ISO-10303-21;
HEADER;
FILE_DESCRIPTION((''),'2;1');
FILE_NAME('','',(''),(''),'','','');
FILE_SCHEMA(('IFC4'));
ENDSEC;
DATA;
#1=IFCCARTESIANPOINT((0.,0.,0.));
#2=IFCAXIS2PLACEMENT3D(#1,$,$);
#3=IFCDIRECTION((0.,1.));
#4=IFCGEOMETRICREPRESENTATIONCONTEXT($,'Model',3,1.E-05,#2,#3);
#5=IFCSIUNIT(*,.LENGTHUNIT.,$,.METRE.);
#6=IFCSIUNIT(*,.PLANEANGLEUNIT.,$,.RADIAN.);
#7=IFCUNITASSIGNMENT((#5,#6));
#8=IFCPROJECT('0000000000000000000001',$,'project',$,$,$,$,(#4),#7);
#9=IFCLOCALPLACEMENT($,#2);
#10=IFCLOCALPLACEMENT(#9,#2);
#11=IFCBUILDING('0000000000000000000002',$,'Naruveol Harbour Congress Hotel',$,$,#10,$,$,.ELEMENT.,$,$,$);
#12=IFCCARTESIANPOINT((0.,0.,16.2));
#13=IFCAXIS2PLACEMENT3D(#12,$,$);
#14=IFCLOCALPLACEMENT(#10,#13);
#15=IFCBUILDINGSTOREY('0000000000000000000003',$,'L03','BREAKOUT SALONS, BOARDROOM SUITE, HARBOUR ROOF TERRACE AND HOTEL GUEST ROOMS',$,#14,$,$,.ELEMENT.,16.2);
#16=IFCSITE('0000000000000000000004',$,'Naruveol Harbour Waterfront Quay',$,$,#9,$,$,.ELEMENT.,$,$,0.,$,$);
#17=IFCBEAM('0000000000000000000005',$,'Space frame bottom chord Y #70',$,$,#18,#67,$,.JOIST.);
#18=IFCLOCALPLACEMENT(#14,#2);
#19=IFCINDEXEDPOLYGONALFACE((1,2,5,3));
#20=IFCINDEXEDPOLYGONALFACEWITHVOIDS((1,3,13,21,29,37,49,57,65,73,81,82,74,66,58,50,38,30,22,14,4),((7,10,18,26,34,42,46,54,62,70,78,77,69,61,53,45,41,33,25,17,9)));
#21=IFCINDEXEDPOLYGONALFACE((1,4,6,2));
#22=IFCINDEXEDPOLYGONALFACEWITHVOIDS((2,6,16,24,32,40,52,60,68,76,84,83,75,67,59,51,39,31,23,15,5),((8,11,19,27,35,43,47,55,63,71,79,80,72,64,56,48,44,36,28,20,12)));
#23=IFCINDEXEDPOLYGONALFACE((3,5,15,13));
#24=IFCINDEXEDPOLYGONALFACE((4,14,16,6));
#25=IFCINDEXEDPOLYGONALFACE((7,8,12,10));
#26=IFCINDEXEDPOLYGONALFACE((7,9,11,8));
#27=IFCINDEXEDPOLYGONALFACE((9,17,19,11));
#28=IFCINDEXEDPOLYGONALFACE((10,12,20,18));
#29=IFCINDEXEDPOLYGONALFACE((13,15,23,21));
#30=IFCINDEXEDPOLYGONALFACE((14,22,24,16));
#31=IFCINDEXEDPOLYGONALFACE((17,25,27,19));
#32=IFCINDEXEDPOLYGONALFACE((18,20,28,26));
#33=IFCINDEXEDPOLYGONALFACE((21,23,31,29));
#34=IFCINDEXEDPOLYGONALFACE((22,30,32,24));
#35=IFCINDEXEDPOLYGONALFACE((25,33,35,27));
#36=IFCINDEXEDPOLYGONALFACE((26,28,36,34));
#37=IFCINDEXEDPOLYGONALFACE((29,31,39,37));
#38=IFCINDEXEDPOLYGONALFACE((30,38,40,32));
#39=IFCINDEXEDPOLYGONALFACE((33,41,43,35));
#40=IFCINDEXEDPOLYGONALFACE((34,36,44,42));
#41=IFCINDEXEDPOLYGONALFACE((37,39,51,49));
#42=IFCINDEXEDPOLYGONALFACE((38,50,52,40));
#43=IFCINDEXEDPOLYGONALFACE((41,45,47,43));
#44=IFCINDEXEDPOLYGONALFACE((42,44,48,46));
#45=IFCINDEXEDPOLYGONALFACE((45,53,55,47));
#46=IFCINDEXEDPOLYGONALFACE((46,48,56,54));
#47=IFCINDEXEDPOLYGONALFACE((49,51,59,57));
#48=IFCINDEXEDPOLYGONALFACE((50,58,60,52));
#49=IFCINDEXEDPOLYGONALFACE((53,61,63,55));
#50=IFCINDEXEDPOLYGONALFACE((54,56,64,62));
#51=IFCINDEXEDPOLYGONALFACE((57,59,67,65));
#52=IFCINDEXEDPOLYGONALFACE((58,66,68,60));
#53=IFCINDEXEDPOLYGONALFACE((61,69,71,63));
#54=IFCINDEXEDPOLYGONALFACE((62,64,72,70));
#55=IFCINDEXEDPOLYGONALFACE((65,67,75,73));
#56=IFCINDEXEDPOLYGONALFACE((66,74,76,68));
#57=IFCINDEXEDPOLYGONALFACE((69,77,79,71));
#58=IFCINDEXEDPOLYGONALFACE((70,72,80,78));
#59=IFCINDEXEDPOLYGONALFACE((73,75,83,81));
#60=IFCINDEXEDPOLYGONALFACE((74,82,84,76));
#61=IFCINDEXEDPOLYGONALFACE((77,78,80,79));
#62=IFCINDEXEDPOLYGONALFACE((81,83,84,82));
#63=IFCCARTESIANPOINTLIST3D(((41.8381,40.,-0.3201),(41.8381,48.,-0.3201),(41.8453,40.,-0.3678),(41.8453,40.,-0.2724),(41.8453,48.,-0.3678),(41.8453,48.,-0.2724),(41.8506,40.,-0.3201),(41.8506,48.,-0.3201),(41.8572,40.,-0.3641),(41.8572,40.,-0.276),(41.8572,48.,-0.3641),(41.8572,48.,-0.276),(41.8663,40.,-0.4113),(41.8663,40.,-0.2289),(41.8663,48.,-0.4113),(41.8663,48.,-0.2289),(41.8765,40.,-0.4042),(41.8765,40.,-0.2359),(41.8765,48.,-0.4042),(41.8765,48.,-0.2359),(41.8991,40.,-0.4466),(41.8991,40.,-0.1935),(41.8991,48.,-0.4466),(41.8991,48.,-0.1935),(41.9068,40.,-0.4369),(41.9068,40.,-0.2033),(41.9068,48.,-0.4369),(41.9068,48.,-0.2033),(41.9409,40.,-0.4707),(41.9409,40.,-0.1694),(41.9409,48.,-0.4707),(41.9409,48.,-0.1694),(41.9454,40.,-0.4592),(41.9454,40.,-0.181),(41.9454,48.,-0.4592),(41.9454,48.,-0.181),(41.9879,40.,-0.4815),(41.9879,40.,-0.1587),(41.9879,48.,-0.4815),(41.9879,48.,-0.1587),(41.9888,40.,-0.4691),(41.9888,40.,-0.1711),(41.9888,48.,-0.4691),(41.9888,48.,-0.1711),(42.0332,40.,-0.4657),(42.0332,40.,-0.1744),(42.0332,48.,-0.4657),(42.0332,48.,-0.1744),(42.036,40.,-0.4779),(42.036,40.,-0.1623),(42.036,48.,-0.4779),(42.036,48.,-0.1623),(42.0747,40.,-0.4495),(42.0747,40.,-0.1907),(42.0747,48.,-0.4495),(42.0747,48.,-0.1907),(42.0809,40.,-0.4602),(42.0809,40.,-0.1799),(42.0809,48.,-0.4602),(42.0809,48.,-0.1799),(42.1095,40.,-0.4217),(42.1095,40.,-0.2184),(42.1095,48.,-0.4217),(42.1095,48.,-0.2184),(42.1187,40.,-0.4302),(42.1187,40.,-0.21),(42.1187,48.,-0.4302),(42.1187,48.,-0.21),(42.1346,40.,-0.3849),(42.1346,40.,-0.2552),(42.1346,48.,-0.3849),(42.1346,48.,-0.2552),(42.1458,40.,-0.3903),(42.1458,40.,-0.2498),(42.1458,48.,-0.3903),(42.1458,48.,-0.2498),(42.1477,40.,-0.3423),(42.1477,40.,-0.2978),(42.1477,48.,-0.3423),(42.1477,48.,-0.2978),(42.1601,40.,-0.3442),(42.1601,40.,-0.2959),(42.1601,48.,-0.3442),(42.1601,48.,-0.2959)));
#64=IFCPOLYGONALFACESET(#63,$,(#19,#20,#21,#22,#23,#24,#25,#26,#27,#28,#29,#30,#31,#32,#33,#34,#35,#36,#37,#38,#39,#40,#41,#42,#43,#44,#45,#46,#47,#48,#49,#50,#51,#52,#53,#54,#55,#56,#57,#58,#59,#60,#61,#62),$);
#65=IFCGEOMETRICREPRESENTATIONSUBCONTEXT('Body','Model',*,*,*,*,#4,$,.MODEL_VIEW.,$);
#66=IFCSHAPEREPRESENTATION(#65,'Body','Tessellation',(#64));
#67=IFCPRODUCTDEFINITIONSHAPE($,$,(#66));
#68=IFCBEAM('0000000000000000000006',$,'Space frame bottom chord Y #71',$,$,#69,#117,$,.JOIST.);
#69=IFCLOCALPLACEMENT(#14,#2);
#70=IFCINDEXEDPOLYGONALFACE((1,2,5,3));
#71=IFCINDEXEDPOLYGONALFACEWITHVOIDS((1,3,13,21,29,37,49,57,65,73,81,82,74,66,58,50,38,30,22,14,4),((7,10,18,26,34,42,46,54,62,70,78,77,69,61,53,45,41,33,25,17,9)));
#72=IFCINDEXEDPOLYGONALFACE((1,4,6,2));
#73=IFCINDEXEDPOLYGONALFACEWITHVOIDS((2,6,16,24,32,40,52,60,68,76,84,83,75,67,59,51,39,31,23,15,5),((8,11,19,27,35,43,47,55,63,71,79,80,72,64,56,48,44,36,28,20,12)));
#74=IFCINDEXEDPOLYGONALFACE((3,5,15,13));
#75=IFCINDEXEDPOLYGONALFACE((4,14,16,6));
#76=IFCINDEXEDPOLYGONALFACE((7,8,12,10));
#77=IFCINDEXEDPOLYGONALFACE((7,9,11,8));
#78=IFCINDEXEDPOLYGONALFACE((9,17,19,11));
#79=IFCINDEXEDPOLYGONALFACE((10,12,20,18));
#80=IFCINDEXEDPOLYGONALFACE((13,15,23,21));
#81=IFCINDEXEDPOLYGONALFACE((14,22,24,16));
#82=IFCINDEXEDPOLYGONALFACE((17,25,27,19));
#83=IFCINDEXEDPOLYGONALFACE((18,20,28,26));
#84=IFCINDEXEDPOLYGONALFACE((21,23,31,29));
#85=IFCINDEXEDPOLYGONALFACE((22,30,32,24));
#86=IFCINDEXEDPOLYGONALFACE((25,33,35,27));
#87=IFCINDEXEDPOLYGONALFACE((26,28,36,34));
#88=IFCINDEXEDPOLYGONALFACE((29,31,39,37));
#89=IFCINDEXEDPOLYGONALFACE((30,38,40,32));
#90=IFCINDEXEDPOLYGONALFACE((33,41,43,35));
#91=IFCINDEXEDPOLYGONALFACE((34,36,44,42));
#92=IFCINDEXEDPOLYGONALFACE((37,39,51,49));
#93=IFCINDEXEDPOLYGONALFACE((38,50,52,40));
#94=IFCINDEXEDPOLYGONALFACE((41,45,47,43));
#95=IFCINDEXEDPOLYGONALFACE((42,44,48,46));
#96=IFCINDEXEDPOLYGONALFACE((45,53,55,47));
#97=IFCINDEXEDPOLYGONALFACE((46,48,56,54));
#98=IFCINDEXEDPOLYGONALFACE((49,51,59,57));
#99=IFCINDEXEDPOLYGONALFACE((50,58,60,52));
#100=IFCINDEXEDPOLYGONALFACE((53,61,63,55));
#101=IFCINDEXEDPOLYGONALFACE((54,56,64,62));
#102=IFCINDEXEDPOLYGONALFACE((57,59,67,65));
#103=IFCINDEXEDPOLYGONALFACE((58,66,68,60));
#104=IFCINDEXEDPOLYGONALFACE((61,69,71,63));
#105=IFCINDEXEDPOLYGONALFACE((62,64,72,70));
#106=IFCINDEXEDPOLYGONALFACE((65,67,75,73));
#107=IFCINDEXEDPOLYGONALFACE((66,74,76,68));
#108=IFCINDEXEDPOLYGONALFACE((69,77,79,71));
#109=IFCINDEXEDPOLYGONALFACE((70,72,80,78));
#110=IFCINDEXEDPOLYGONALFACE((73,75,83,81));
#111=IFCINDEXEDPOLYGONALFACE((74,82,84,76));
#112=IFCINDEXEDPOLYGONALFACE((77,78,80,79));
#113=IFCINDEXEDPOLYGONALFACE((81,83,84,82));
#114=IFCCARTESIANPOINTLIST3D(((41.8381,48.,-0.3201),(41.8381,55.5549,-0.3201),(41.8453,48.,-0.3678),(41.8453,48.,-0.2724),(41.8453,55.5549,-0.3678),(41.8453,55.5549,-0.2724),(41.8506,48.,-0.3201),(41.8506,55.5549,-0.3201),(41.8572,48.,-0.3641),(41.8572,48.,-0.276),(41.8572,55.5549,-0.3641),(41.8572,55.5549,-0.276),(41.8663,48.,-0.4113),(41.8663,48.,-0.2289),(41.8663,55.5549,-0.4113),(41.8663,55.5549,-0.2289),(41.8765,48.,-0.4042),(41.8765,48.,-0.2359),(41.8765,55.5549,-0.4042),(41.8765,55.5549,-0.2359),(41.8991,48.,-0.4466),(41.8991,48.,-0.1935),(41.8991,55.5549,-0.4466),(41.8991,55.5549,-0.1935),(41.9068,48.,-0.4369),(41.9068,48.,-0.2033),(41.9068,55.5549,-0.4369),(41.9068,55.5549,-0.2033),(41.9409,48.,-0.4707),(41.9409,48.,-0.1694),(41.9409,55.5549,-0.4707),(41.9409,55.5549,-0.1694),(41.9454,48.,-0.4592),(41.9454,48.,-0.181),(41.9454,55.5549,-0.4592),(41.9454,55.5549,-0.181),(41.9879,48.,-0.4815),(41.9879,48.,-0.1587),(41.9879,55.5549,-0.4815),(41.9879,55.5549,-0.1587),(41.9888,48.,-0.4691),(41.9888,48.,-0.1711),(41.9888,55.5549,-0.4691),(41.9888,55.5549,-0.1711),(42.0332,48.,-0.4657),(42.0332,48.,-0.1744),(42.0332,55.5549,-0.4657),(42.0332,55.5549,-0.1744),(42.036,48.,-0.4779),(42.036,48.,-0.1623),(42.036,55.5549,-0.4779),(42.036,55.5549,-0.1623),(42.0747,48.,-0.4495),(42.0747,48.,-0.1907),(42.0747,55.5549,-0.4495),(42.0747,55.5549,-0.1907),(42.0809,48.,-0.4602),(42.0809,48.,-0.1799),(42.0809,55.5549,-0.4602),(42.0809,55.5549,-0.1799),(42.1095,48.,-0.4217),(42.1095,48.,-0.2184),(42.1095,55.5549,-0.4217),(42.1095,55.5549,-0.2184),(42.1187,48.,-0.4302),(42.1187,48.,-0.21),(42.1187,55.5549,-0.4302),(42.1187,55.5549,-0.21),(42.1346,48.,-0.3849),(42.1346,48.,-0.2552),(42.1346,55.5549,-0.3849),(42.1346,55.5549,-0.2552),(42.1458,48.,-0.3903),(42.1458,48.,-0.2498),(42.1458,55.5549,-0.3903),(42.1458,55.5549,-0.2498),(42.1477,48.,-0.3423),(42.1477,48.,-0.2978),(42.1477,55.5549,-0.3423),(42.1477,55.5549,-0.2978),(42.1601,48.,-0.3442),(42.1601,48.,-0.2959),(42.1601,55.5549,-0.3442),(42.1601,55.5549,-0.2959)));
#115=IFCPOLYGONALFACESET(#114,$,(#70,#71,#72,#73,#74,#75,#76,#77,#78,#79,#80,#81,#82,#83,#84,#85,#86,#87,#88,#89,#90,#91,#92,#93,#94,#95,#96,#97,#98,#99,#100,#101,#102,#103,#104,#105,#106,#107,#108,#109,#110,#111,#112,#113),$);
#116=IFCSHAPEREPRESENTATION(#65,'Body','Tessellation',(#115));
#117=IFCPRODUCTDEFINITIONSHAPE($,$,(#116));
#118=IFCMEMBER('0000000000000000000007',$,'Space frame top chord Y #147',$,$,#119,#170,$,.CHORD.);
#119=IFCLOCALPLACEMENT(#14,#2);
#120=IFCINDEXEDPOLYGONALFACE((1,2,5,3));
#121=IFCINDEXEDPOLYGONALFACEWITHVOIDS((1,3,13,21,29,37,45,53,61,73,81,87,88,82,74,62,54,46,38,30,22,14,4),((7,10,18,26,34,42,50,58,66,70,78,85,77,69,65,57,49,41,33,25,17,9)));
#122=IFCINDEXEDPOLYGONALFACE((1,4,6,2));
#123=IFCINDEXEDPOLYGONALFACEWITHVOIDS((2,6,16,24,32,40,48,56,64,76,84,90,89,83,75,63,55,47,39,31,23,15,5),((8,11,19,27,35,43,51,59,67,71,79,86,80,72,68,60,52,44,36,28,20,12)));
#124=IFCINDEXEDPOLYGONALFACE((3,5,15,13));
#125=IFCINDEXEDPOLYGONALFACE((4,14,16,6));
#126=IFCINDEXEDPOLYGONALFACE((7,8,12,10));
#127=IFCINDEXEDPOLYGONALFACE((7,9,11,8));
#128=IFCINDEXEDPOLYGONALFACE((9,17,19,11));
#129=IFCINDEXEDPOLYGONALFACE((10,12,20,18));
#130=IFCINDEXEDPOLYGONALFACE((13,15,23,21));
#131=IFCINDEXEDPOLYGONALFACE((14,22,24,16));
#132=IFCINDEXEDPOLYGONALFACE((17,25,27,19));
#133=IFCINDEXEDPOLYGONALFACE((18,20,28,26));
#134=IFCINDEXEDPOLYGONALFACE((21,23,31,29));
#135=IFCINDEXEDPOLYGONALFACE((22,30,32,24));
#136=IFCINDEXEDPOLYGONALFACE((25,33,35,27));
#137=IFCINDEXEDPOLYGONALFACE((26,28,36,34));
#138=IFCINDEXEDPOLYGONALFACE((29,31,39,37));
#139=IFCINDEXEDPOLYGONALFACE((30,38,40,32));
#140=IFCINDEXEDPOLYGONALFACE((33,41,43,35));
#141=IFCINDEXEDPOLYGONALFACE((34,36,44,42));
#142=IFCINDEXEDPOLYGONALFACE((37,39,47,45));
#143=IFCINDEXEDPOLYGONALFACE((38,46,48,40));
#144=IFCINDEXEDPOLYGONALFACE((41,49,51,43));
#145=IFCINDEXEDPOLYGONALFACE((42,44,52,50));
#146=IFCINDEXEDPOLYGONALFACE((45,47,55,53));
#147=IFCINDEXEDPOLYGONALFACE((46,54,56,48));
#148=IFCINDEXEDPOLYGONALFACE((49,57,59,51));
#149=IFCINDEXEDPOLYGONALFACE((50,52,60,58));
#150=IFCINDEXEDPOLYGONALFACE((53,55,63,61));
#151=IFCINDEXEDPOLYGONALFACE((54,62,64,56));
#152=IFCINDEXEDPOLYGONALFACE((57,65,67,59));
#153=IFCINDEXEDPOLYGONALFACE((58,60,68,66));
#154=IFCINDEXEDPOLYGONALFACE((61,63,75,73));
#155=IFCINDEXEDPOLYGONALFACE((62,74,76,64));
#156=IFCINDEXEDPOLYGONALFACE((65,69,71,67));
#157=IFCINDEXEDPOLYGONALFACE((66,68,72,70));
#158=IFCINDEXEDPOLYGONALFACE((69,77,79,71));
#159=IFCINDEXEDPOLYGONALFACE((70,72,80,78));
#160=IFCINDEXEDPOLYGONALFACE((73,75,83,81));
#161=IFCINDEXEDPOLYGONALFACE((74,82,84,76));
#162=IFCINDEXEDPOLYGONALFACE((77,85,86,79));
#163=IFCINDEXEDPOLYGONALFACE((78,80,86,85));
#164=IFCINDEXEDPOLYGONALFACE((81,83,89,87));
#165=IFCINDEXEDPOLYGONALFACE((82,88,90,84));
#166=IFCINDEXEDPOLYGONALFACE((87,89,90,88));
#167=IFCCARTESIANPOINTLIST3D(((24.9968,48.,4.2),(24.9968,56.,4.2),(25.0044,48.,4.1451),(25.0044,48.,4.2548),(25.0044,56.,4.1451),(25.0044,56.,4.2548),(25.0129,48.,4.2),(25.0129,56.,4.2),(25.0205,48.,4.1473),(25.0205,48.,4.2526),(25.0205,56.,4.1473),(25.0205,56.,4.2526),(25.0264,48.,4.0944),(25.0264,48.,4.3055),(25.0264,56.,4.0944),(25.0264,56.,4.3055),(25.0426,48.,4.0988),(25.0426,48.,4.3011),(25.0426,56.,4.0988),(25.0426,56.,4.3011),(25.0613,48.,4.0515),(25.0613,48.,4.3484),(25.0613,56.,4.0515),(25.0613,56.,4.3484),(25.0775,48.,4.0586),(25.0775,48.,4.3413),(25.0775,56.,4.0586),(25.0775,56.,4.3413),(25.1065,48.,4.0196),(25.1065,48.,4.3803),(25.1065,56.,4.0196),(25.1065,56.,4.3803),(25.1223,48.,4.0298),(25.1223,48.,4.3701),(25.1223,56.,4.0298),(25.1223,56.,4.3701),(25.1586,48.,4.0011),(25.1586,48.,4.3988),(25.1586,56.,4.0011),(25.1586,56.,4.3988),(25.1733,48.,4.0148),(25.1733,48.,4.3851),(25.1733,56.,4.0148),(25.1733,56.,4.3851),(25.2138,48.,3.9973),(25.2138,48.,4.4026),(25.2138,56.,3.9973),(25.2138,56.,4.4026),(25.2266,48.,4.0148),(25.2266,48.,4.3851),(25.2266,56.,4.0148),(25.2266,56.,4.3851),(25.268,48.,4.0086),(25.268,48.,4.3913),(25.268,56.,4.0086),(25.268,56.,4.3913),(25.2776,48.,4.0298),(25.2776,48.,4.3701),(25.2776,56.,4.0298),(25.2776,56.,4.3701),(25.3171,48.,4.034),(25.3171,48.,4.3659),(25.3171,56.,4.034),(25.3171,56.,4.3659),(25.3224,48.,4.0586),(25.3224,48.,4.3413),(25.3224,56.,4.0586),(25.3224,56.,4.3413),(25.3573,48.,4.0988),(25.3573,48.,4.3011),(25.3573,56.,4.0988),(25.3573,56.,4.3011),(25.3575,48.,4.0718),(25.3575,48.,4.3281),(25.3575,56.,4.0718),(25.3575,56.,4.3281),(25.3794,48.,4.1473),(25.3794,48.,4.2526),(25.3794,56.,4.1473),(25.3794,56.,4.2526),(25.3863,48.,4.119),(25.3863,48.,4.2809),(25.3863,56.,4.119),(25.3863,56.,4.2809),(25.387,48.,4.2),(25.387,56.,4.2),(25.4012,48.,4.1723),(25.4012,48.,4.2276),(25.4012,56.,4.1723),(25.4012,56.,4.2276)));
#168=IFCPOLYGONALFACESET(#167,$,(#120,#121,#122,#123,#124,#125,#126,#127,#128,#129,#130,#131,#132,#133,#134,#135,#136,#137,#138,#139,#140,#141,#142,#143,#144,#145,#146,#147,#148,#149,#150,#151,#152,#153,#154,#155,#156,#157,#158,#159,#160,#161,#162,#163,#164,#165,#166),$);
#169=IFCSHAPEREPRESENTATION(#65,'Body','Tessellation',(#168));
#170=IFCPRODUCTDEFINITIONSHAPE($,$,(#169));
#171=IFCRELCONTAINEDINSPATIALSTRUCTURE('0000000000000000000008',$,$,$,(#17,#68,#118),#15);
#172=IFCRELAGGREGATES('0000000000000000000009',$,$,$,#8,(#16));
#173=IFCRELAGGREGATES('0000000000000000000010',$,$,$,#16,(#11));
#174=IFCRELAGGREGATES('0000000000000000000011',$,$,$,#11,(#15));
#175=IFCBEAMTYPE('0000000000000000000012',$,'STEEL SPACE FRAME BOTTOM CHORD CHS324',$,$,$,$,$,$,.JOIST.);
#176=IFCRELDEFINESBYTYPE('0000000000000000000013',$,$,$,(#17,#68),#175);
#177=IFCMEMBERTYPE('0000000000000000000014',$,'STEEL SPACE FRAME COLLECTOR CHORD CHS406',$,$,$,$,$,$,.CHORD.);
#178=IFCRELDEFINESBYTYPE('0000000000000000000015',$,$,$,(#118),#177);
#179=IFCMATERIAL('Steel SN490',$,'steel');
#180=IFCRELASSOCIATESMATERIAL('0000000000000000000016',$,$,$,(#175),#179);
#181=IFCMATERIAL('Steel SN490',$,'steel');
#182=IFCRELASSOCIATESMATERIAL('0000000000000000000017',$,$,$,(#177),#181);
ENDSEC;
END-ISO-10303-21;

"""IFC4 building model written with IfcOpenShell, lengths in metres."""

from ifc_helpers import new_model, si_unit, direction, frame, origin, origin_2d, place, context, subcontext, project, spatial, hollow_circle, extrude, material, material_profile, profile_set, type_object, element, save


model = new_model("IFC4")

# Units and contexts
model_context = context("Model", 3, precision=1e-05, world=origin(), true_north=direction((0.0, 1.0)))
body_context = subcontext(model_context, "Body", "Model", "MODEL_VIEW")
ifc_project = project(units=[si_unit("LENGTHUNIT", "METRE"), si_unit("PLANEANGLEUNIT", "RADIAN")], contexts=[model_context])

# Site, building, storey
site_placement = place(None, origin())
site = spatial("IfcSite", under=ifc_project, at=site_placement, Name="Naruveol Harbour Waterfront Quay", CompositionType="ELEMENT", RefElevation=0.0)
building_placement = place(site_placement, origin())
building = spatial("IfcBuilding", under=site, at=building_placement, Name="Naruveol Harbour Congress Hotel", CompositionType="ELEMENT")
storey_placement = place(building_placement, frame((0.0, 0.0, 16.2)))
storey = spatial("IfcBuildingStorey", under=building, at=storey_placement, Name="L03", Description="BREAKOUT SALONS, BOARDROOM SUITE, HARBOUR ROOF TERRACE AND HOTEL GUEST ROOMS", CompositionType="ELEMENT", Elevation=16.2)

# Beams
ifc_material_1 = material(Name="Steel SN490", Category="steel")
ifc_material_profile_1 = material_profile(ifc_material_1, hollow_circle(Radius=0.1619, WallThickness=0.0125, at=origin_2d()), Name="CHS-323.9x12.5")
ifc_profile_set_1 = profile_set([ifc_material_profile_1], Name="Steel SN490")
beam_type_1 = type_object("IfcBeamType", Name="STEEL SPACE FRAME BOTTOM CHORD CHS324", PredefinedType="JOIST", material=ifc_profile_set_1)
beam_1_placement = place(storey_placement, frame((42.0, 40.0, -0.3201), z_axis=(0.0, 1.0, 0.0), x_axis=(-1.0, 0.0, 0.0)))
element("IfcBeam", 1, at=beam_1_placement, inside=storey, type_object=beam_type_1, Name="Space frame bottom chord Y #70", PredefinedType="JOIST", context=body_context, shape_type="SweptSolid", body=[
    extrude(hollow_circle(Radius=0.1619, WallThickness=0.0125, at=origin_2d()), origin(), (0.0, 0.0, 1.0), 8.0),
])
beam_2_placement = place(storey_placement, frame((42.0, 48.0, -0.3201), z_axis=(0.0, 1.0, 0.0), x_axis=(-1.0, 0.0, 0.0)))
element("IfcBeam", 2, at=beam_2_placement, inside=storey, type_object=beam_type_1, Name="Space frame bottom chord Y #71", PredefinedType="JOIST", context=body_context, shape_type="SweptSolid", body=[
    extrude(hollow_circle(Radius=0.1619, WallThickness=0.0125, at=origin_2d()), origin(), (0.0, 0.0, 1.0), 7.5549),
])

# Member
ifc_material_2 = material(Name="Steel SN490", Category="steel")
ifc_material_profile_2 = material_profile(ifc_material_2, hollow_circle(Radius=0.2031, WallThickness=0.0161, at=origin_2d()), Name="CHS-406.4x16")
ifc_profile_set_2 = profile_set([ifc_material_profile_2], Name="Steel SN490")
member_type_1 = type_object("IfcMemberType", Name="STEEL SPACE FRAME COLLECTOR CHORD CHS406", PredefinedType="CHORD", material=ifc_profile_set_2)
member_1_placement = place(storey_placement, frame((25.2, 48.0, 4.2), z_axis=(0.0, 1.0, 0.0), x_axis=(-1.0, 0.0, 0.0)))
element("IfcMember", 3, at=member_1_placement, inside=storey, type_object=member_type_1, Name="Space frame top chord Y #147", PredefinedType="CHORD", context=body_context, shape_type="SweptSolid", body=[
    extrude(hollow_circle(Radius=0.2031, WallThickness=0.0161, at=origin_2d()), origin(), (0.0, 0.0, 1.0), 8.0),
])

save(model, "model.ifc")
